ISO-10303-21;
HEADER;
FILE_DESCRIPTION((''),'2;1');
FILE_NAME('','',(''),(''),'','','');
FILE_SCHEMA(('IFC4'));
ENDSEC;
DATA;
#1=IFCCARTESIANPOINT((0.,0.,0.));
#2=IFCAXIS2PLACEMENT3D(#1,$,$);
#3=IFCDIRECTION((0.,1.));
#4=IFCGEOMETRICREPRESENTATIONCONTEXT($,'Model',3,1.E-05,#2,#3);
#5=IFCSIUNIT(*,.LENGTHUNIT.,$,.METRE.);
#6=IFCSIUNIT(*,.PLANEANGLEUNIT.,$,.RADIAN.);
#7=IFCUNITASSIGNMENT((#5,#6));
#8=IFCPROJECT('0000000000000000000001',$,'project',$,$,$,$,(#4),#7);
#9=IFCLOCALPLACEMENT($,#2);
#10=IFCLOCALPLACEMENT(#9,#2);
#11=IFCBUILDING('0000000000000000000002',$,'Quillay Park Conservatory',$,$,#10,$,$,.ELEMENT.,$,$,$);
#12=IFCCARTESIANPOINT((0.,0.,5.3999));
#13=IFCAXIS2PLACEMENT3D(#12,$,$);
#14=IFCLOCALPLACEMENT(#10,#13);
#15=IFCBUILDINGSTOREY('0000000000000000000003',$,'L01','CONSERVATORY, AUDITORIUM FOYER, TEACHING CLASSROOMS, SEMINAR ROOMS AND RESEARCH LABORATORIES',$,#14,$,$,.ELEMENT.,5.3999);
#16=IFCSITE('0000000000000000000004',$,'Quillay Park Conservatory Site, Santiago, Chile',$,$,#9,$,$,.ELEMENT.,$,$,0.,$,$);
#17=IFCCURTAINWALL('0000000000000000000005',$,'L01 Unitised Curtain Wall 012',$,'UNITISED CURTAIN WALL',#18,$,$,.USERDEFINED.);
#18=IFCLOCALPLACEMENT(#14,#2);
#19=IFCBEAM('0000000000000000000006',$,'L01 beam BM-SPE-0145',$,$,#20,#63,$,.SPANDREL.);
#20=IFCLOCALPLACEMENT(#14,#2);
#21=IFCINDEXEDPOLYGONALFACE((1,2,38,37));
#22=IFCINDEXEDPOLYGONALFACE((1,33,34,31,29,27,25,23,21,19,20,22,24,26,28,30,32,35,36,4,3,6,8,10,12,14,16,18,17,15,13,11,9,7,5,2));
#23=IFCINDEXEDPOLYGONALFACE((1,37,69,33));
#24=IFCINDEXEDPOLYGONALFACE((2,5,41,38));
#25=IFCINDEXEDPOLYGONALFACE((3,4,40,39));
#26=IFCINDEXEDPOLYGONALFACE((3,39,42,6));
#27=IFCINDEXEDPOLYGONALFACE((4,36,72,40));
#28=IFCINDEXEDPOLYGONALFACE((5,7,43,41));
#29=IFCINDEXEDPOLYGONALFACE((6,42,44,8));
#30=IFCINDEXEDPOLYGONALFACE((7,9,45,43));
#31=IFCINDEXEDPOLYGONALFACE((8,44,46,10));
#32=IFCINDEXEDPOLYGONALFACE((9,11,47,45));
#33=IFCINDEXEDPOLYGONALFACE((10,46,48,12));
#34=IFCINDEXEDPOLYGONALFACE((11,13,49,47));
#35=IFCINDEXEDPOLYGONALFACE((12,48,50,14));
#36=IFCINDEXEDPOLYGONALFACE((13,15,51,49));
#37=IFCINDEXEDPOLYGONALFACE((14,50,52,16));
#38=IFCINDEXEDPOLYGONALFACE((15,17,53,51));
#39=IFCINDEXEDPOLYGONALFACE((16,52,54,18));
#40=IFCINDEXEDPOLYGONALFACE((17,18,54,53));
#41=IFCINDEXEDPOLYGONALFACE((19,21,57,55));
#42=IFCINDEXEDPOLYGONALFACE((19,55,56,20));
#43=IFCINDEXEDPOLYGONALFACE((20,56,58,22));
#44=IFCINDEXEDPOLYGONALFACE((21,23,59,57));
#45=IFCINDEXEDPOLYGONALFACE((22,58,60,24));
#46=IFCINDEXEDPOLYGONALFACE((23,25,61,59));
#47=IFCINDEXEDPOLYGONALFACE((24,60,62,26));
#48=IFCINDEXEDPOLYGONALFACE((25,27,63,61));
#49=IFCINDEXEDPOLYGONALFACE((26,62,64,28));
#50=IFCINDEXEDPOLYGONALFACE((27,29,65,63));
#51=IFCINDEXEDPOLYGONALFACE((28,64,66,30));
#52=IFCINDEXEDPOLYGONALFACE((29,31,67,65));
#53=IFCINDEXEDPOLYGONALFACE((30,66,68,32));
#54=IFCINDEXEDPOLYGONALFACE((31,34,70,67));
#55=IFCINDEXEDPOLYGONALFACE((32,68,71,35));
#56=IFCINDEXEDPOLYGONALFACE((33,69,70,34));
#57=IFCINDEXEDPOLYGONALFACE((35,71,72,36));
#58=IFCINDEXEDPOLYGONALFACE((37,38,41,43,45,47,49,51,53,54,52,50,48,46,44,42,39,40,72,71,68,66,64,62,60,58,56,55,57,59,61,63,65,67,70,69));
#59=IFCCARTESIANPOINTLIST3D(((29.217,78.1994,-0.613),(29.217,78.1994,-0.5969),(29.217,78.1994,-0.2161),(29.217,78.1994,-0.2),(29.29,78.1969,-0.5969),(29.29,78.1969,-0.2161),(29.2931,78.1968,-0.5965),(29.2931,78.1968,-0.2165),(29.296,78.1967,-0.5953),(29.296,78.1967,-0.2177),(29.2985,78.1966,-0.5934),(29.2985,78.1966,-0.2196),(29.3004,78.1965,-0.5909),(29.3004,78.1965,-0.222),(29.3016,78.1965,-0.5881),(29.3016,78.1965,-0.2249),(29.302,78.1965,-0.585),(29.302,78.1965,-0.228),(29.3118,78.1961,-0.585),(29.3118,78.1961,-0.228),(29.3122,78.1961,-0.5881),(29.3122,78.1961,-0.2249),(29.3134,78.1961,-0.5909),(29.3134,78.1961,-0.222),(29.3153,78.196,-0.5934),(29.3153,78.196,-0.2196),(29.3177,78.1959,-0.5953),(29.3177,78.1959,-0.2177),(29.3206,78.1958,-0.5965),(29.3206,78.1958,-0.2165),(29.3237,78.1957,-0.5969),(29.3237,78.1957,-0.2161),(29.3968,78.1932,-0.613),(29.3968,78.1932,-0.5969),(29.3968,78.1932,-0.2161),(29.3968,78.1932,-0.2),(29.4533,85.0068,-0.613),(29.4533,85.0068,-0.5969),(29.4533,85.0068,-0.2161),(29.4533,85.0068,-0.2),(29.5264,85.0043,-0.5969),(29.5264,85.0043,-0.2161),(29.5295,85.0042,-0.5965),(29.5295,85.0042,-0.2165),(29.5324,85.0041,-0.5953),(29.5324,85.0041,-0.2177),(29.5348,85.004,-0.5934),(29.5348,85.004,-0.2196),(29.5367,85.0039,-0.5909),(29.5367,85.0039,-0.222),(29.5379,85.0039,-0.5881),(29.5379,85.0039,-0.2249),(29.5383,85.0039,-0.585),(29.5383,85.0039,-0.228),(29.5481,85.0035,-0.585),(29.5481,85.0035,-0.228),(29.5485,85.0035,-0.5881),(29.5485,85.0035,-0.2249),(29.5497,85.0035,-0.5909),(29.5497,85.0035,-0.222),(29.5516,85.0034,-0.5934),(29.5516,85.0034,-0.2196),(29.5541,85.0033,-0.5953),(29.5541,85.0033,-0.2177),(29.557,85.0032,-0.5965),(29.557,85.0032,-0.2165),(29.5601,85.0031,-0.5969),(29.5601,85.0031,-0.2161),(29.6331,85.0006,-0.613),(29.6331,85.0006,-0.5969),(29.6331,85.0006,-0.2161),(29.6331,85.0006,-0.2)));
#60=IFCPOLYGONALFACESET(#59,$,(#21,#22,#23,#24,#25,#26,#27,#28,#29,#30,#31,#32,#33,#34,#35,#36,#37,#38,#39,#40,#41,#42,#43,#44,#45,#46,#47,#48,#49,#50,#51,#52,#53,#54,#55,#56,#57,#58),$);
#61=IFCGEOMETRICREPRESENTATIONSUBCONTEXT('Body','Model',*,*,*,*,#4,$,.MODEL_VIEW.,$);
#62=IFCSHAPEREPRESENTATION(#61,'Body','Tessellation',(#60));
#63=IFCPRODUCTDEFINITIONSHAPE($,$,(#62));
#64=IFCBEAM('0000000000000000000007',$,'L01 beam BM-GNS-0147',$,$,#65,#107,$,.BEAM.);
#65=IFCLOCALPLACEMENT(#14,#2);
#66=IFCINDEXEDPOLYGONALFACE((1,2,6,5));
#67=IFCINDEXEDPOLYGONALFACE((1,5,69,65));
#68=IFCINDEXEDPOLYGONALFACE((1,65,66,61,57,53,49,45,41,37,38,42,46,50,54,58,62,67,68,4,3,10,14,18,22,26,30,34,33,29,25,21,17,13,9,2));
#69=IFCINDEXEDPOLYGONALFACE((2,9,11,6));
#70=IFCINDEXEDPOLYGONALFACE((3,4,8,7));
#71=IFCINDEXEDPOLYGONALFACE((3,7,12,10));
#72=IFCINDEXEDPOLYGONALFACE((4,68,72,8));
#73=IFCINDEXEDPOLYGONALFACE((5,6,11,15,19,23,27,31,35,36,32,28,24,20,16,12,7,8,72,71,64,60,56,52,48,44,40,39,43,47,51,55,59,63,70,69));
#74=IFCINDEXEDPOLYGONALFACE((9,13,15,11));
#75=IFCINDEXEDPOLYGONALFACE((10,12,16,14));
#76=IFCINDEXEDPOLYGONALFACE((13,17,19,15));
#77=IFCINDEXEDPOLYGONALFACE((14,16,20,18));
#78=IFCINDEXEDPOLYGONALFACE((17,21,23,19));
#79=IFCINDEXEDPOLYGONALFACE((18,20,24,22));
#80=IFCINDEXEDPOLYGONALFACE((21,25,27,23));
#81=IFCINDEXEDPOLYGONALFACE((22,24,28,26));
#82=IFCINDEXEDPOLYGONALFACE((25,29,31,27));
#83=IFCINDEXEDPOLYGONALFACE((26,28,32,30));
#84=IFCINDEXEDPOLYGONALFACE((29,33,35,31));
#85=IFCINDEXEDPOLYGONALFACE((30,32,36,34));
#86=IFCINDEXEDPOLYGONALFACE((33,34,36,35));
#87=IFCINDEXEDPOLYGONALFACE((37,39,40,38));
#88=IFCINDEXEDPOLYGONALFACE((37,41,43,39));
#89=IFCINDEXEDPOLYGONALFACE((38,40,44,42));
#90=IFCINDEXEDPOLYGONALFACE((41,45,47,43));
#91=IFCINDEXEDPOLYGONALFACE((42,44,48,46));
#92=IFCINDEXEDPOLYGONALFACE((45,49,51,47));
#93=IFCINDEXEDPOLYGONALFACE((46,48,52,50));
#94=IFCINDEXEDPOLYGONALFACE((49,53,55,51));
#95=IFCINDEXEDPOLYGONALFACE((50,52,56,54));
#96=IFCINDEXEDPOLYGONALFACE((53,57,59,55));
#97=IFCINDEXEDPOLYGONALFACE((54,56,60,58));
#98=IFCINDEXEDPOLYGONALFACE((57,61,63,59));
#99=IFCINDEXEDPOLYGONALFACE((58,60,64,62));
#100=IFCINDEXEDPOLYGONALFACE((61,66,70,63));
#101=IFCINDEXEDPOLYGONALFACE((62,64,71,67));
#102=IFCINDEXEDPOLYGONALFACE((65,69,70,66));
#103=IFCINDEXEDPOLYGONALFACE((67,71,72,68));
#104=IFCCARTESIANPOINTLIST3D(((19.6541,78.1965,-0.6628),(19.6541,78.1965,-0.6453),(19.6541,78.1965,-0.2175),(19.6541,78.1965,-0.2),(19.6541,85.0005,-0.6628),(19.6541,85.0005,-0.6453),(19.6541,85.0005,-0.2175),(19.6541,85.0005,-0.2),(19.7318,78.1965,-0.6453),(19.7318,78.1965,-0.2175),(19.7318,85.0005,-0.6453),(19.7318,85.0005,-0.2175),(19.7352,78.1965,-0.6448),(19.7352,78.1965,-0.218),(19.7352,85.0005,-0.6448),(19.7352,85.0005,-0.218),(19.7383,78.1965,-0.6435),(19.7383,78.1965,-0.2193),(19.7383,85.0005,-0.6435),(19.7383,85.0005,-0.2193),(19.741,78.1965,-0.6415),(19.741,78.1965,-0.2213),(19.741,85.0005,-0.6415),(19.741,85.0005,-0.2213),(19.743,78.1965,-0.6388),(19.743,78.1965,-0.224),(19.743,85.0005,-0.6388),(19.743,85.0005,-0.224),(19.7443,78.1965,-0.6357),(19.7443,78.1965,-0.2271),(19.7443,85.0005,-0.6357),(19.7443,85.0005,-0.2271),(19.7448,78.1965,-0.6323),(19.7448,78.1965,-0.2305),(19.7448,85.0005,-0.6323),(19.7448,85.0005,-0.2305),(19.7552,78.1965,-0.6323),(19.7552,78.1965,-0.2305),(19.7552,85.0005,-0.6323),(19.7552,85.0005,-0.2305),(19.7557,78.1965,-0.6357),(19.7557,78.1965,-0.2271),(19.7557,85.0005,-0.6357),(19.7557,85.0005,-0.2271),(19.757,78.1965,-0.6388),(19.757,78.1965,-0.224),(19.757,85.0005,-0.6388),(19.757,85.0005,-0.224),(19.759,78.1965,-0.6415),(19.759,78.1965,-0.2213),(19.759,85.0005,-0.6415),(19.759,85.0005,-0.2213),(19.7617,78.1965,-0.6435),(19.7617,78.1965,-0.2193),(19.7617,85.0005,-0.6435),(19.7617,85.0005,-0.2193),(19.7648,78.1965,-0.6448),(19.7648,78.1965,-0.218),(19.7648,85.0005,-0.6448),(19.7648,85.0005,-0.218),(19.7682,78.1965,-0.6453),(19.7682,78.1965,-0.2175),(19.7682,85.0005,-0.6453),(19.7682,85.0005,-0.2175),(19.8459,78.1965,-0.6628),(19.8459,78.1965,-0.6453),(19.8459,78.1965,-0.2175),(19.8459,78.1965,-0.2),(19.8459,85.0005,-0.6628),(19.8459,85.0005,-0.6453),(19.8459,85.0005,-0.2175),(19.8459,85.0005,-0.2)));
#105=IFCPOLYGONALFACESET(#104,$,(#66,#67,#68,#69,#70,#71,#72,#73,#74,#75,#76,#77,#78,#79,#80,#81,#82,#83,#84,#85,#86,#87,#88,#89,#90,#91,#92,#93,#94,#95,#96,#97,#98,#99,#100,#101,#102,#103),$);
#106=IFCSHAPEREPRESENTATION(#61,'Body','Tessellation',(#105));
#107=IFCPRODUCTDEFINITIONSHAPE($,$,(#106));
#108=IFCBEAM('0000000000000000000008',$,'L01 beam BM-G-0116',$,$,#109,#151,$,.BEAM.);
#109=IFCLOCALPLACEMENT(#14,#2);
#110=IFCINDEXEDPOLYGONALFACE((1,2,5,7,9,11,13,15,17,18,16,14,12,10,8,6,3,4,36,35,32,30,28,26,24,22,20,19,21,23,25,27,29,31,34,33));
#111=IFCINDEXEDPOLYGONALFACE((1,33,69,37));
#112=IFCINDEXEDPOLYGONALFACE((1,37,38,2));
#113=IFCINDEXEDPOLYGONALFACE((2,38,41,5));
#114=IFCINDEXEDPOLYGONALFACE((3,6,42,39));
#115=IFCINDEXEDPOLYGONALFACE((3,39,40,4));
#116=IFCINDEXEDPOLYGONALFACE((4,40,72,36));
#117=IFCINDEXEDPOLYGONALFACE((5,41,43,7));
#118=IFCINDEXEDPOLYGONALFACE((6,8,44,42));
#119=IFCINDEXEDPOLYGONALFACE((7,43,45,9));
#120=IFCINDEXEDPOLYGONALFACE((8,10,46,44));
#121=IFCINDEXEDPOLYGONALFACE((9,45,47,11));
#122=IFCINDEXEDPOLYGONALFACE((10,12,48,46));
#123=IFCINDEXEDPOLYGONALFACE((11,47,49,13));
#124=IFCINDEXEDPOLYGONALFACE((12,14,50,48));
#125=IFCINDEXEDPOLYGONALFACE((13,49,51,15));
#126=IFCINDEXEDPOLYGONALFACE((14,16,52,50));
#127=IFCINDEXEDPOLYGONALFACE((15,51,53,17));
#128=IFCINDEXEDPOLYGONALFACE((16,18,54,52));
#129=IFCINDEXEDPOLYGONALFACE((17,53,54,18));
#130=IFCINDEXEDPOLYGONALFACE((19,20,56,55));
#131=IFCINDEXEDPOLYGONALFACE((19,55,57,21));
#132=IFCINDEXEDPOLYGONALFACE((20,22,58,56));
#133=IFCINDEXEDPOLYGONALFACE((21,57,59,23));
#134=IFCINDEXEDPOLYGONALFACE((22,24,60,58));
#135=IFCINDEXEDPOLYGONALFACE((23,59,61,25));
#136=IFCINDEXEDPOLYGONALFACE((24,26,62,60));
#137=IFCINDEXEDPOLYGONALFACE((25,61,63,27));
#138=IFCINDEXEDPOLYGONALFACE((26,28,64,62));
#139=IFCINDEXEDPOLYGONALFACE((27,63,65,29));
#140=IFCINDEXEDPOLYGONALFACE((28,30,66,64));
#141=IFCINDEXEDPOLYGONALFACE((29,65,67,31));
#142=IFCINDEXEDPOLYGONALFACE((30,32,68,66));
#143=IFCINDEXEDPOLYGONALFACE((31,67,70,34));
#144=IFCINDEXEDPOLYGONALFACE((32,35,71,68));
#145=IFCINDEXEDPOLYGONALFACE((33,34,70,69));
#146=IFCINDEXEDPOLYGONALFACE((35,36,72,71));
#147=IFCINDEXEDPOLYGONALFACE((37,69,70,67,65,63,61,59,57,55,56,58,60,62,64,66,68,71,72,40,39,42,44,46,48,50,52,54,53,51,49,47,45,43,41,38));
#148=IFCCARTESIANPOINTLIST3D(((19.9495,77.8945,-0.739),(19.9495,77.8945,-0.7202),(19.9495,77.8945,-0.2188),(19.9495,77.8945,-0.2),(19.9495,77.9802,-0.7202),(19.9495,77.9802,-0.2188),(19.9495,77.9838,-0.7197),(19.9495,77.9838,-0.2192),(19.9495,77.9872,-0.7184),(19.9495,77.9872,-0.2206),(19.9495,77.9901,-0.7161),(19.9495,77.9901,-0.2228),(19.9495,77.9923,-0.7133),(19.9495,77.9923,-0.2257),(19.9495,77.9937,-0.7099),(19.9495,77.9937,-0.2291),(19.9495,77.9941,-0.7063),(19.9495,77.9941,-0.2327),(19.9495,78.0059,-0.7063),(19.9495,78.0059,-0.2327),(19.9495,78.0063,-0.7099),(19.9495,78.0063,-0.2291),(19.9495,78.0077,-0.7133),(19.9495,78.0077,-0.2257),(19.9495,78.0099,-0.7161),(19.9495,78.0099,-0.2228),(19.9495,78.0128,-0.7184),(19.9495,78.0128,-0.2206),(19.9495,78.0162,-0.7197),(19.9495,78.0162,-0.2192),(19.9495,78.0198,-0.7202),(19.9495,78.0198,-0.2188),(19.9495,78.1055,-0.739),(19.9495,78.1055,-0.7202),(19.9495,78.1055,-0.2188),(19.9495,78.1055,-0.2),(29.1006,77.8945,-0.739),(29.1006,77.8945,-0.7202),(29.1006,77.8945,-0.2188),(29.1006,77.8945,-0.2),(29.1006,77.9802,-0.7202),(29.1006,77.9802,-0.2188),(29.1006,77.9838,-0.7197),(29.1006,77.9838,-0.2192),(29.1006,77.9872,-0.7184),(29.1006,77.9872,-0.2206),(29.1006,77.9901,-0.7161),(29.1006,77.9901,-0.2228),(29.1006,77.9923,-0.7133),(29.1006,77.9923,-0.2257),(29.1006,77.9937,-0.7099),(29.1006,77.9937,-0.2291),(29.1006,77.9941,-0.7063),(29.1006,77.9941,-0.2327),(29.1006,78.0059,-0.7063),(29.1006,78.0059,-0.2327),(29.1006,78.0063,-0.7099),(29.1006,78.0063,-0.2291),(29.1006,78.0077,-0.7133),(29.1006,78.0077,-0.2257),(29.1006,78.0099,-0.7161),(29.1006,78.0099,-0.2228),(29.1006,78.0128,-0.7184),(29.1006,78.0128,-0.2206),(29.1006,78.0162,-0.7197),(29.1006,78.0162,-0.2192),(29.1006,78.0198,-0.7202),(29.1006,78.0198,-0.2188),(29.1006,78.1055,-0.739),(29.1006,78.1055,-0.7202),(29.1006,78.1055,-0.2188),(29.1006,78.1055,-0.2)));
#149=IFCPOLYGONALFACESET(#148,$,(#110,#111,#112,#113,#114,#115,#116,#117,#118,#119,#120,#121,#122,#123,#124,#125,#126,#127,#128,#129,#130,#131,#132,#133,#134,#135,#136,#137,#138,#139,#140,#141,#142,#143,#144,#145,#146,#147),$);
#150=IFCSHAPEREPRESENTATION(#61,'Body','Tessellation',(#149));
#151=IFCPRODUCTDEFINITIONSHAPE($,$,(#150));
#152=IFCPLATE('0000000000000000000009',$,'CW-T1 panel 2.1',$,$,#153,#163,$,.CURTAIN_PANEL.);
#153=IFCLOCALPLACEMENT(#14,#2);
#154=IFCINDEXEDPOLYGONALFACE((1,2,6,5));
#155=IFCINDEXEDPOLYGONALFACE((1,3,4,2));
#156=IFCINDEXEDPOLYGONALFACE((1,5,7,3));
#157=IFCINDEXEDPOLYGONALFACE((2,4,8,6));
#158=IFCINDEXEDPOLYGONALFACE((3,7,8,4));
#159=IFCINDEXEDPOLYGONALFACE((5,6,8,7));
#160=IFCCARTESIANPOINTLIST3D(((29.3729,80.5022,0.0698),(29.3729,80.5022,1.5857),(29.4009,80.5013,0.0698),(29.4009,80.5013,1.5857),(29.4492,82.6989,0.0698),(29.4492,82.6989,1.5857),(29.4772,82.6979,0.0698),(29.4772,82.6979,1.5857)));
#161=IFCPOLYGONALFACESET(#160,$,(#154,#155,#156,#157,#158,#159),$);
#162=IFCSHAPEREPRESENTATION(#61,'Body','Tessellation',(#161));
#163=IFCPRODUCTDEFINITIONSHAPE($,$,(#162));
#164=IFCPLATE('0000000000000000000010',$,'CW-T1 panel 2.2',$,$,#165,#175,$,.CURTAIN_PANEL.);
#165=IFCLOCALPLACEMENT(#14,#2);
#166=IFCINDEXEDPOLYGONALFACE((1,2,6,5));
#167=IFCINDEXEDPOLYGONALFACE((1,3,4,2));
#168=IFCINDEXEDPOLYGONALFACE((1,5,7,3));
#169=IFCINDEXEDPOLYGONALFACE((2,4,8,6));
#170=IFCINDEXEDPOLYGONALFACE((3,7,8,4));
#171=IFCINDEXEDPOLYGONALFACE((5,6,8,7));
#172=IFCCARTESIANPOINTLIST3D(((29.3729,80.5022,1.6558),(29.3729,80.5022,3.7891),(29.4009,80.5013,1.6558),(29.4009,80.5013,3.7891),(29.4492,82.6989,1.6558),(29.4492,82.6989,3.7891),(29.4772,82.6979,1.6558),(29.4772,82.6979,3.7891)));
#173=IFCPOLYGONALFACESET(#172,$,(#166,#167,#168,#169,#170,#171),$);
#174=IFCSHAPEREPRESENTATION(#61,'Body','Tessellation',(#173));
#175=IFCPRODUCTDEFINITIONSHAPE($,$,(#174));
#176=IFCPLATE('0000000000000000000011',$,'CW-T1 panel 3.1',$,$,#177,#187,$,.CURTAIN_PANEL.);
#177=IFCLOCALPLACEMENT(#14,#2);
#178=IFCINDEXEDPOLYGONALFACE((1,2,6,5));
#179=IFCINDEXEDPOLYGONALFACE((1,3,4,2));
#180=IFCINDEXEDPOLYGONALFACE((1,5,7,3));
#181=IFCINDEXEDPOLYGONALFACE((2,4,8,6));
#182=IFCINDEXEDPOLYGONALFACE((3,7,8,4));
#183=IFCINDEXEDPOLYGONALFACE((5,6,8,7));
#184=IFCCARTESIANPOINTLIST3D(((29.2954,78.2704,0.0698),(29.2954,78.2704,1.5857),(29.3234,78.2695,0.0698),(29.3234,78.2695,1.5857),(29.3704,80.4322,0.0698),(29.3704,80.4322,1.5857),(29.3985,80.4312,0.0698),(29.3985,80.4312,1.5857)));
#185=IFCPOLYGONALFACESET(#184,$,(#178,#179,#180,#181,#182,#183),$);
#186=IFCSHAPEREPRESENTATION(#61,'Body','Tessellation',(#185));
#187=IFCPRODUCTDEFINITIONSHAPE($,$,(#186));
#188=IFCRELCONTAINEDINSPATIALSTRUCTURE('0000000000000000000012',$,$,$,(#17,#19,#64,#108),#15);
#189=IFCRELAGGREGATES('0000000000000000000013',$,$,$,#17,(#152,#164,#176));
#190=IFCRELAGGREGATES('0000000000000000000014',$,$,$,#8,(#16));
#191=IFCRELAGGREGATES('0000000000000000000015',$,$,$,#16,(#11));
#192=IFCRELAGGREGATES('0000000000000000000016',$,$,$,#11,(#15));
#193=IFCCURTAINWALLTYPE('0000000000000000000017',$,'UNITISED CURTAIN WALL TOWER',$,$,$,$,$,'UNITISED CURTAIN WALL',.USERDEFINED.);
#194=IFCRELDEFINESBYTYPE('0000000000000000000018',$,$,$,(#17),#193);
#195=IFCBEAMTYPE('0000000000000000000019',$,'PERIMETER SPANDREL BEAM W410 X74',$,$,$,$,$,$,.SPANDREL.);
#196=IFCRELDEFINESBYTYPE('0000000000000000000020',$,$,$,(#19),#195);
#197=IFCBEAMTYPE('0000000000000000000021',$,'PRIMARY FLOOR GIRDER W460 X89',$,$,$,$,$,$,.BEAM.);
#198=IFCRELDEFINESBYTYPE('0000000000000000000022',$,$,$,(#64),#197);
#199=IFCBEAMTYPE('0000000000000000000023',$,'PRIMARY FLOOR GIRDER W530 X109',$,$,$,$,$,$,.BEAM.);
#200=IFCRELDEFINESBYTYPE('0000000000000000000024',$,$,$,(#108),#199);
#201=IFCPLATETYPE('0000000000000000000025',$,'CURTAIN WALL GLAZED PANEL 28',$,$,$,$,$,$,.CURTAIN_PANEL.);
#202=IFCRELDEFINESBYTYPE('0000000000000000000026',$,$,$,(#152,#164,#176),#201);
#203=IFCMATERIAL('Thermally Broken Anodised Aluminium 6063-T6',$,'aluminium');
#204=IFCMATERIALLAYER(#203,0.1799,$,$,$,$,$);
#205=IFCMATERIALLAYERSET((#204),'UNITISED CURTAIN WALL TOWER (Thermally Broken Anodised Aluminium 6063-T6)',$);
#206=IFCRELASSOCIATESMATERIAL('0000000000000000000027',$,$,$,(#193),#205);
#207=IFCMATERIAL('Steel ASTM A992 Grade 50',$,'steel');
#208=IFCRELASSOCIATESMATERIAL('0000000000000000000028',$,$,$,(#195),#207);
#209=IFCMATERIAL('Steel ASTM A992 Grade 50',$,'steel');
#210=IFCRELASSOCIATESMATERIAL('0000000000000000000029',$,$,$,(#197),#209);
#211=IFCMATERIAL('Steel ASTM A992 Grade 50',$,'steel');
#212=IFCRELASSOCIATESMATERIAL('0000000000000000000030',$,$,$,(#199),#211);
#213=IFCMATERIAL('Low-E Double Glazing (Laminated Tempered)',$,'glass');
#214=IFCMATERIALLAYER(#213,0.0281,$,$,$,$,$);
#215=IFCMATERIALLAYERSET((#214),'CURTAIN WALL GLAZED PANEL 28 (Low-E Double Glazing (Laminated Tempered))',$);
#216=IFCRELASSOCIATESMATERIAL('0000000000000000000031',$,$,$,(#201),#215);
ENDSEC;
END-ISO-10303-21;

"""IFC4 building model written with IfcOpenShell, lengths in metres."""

from ifc_helpers import new_model, si_unit, direction, frame, origin, origin_2d, place, context, subcontext, project, spatial, rectangle, i_section, extrude, material, layer, layer_set, material_profile, profile_set, type_object, element, aggregate, save


model = new_model("IFC4")

# Units and contexts
model_context = context("Model", 3, precision=1e-05, world=origin(), true_north=direction((0.0, 1.0)))
body_context = subcontext(model_context, "Body", "Model", "MODEL_VIEW")
ifc_project = project(units=[si_unit("LENGTHUNIT", "METRE"), si_unit("PLANEANGLEUNIT", "RADIAN")], contexts=[model_context])

# Site, building, storey
site_placement = place(None, origin())
site = spatial("IfcSite", under=ifc_project, at=site_placement, Name="Quillay Park Conservatory Site, Santiago, Chile", CompositionType="ELEMENT", RefElevation=0.0)
building_placement = place(site_placement, origin())
building = spatial("IfcBuilding", under=site, at=building_placement, Name="Quillay Park Conservatory", CompositionType="ELEMENT")
storey_placement = place(building_placement, frame((0.0, 0.0, 5.3999)))
storey = spatial("IfcBuildingStorey", under=building, at=storey_placement, Name="L01", Description="CONSERVATORY, AUDITORIUM FOYER, TEACHING CLASSROOMS, SEMINAR ROOMS AND RESEARCH LABORATORIES", CompositionType="ELEMENT", Elevation=5.3999)

# Curtain wall
ifc_material_1 = material(Name="Thermally Broken Anodised Aluminium 6063-T6", Category="aluminium")
ifc_layer_1 = layer(ifc_material_1, 0.1799)
ifc_layer_set_1 = layer_set([ifc_layer_1], Name="UNITISED CURTAIN WALL TOWER (Thermally Broken Anodised Aluminium 6063-T6)")
curtain_wall_type = type_object("IfcCurtainWallType", Name="UNITISED CURTAIN WALL TOWER", ElementType="UNITISED CURTAIN WALL", PredefinedType="USERDEFINED", material=ifc_layer_set_1)
curtain_wall_placement = place(storey_placement, origin())
curtain_wall = element("IfcCurtainWall", 1, at=curtain_wall_placement, inside=storey, type_object=curtain_wall_type, Name="L01 Unitised Curtain Wall 012", ObjectType="UNITISED CURTAIN WALL", PredefinedType="USERDEFINED")

# Beams
ifc_material_2 = material(Name="Steel ASTM A992 Grade 50", Category="steel")
ifc_material_profile_1 = material_profile(ifc_material_2, i_section(OverallWidth=0.1799, OverallDepth=0.4131, WebThickness=0.0098, FlangeThickness=0.0161, FilletRadius=0.012, at=origin_2d()), Name="W410x74")
ifc_profile_set_1 = profile_set([ifc_material_profile_1], Name="Steel ASTM A992 Grade 50")
beam_type_1 = type_object("IfcBeamType", Name="PERIMETER SPANDREL BEAM W410 X74", PredefinedType="SPANDREL", material=ifc_profile_set_1)
beam_1_placement = place(storey_placement, frame((29.3069, 78.1963, -0.4065), z_axis=(0.034696, 0.999398, 0.0), x_axis=(-0.999398, 0.034696, 0.0)))
element("IfcBeam", 2, at=beam_1_placement, inside=storey, type_object=beam_type_1, Name="L01 beam BM-SPE-0145", PredefinedType="SPANDREL", context=body_context, shape_type="SweptSolid", body=[
    extrude(i_section(OverallWidth=0.1799, OverallDepth=0.4131, WebThickness=0.0098, FlangeThickness=0.0161, FilletRadius=0.012, at=origin_2d()), origin(), (0.0, 0.0, 1.0), 6.8115),
])
ifc_material_3 = material(Name="Steel ASTM A992 Grade 50", Category="steel")
ifc_material_profile_2 = material_profile(ifc_material_3, i_section(OverallWidth=0.1919, OverallDepth=0.4629, WebThickness=0.0105, FlangeThickness=0.0176, FilletRadius=0.0129, at=origin_2d()), Name="W460x89")
ifc_profile_set_2 = profile_set([ifc_material_profile_2], Name="Steel ASTM A992 Grade 50")
beam_type_2 = type_object("IfcBeamType", Name="PRIMARY FLOOR GIRDER W460 X89", PredefinedType="BEAM", material=ifc_profile_set_2)
beam_2_placement = place(storey_placement, frame((19.75, 78.1965, -0.4314), z_axis=(0.0, 1.0, 0.0), x_axis=(-1.0, 0.0, 0.0)))
element("IfcBeam", 3, at=beam_2_placement, inside=storey, type_object=beam_type_2, Name="L01 beam BM-GNS-0147", PredefinedType="BEAM", context=body_context, shape_type="SweptSolid", body=[
    extrude(i_section(OverallWidth=0.1919, OverallDepth=0.4629, WebThickness=0.0105, FlangeThickness=0.0176, FilletRadius=0.0129, at=origin_2d()), origin(), (0.0, 0.0, 1.0), 6.804),
])
ifc_material_4 = material(Name="Steel ASTM A992 Grade 50", Category="steel")
ifc_material_profile_3 = material_profile(ifc_material_4, i_section(OverallWidth=0.2109, OverallDepth=0.5391, WebThickness=0.0117, FlangeThickness=0.0188, FilletRadius=0.0139, at=origin_2d()), Name="W530x109")
ifc_profile_set_3 = profile_set([ifc_material_profile_3], Name="Steel ASTM A992 Grade 50")
beam_type_3 = type_object("IfcBeamType", Name="PRIMARY FLOOR GIRDER W530 X109", PredefinedType="BEAM", material=ifc_profile_set_3)
beam_3_placement = place(storey_placement, frame((19.9495, 78.0, -0.4695), z_axis=(1.0, 0.0, 0.0), x_axis=(0.0, 1.0, 0.0)))
element("IfcBeam", 4, at=beam_3_placement, inside=storey, type_object=beam_type_3, Name="L01 beam BM-G-0116", PredefinedType="BEAM", context=body_context, shape_type="SweptSolid", body=[
    extrude(i_section(OverallWidth=0.2109, OverallDepth=0.5391, WebThickness=0.0117, FlangeThickness=0.0188, FilletRadius=0.0139, at=origin_2d()), origin(), (0.0, 0.0, 1.0), 9.1511),
])

# Plates
ifc_material_5 = material(Name="Low-E Double Glazing (Laminated Tempered)", Category="glass")
ifc_layer_2 = layer(ifc_material_5, 0.0281)
ifc_layer_set_2 = layer_set([ifc_layer_2], Name="CURTAIN WALL GLAZED PANEL 28 (Low-E Double Glazing (Laminated Tempered))")
plate_type = type_object("IfcPlateType", Name="CURTAIN WALL GLAZED PANEL 28", PredefinedType="CURTAIN_PANEL", material=ifc_layer_set_2)
plate_1_placement = place(storey_placement, frame((29.425, 81.6001, 0.0698), z_axis=(0.0, 0.0, 1.0), x_axis=(-0.034713, -0.999397, 0.0)))
plate_1 = element("IfcPlate", 5, at=plate_1_placement, type_object=plate_type, Name="CW-T1 panel 2.1", PredefinedType="CURTAIN_PANEL", context=body_context, shape_type="SweptSolid", body=[
    extrude(rectangle(XDim=2.198, YDim=0.0281, at=origin_2d()), origin(), (0.0, 0.0, 1.0), 1.5159),
])
plate_2_placement = place(storey_placement, frame((29.425, 81.6001, 1.6558), z_axis=(0.0, 0.0, 1.0), x_axis=(-0.034713, -0.999397, 0.0)))
plate_2 = element("IfcPlate", 6, at=plate_2_placement, type_object=plate_type, Name="CW-T1 panel 2.2", PredefinedType="CURTAIN_PANEL", context=body_context, shape_type="SweptSolid", body=[
    extrude(rectangle(XDim=2.198, YDim=0.0281, at=origin_2d()), origin(), (0.0, 0.0, 1.0), 2.1333),
])
plate_3_placement = place(storey_placement, frame((29.3469, 79.3508, 0.0698), z_axis=(0.0, 0.0, 1.0), x_axis=(-0.034713, -0.999397, 0.0)))
plate_3 = element("IfcPlate", 7, at=plate_3_placement, type_object=plate_type, Name="CW-T1 panel 3.1", PredefinedType="CURTAIN_PANEL", context=body_context, shape_type="SweptSolid", body=[
    extrude(rectangle(XDim=2.1631, YDim=0.0281, at=origin_2d()), origin(), (0.0, 0.0, 1.0), 1.5159),
])
aggregate(curtain_wall, [plate_1, plate_2, plate_3])

save(model, "model.ifc")
